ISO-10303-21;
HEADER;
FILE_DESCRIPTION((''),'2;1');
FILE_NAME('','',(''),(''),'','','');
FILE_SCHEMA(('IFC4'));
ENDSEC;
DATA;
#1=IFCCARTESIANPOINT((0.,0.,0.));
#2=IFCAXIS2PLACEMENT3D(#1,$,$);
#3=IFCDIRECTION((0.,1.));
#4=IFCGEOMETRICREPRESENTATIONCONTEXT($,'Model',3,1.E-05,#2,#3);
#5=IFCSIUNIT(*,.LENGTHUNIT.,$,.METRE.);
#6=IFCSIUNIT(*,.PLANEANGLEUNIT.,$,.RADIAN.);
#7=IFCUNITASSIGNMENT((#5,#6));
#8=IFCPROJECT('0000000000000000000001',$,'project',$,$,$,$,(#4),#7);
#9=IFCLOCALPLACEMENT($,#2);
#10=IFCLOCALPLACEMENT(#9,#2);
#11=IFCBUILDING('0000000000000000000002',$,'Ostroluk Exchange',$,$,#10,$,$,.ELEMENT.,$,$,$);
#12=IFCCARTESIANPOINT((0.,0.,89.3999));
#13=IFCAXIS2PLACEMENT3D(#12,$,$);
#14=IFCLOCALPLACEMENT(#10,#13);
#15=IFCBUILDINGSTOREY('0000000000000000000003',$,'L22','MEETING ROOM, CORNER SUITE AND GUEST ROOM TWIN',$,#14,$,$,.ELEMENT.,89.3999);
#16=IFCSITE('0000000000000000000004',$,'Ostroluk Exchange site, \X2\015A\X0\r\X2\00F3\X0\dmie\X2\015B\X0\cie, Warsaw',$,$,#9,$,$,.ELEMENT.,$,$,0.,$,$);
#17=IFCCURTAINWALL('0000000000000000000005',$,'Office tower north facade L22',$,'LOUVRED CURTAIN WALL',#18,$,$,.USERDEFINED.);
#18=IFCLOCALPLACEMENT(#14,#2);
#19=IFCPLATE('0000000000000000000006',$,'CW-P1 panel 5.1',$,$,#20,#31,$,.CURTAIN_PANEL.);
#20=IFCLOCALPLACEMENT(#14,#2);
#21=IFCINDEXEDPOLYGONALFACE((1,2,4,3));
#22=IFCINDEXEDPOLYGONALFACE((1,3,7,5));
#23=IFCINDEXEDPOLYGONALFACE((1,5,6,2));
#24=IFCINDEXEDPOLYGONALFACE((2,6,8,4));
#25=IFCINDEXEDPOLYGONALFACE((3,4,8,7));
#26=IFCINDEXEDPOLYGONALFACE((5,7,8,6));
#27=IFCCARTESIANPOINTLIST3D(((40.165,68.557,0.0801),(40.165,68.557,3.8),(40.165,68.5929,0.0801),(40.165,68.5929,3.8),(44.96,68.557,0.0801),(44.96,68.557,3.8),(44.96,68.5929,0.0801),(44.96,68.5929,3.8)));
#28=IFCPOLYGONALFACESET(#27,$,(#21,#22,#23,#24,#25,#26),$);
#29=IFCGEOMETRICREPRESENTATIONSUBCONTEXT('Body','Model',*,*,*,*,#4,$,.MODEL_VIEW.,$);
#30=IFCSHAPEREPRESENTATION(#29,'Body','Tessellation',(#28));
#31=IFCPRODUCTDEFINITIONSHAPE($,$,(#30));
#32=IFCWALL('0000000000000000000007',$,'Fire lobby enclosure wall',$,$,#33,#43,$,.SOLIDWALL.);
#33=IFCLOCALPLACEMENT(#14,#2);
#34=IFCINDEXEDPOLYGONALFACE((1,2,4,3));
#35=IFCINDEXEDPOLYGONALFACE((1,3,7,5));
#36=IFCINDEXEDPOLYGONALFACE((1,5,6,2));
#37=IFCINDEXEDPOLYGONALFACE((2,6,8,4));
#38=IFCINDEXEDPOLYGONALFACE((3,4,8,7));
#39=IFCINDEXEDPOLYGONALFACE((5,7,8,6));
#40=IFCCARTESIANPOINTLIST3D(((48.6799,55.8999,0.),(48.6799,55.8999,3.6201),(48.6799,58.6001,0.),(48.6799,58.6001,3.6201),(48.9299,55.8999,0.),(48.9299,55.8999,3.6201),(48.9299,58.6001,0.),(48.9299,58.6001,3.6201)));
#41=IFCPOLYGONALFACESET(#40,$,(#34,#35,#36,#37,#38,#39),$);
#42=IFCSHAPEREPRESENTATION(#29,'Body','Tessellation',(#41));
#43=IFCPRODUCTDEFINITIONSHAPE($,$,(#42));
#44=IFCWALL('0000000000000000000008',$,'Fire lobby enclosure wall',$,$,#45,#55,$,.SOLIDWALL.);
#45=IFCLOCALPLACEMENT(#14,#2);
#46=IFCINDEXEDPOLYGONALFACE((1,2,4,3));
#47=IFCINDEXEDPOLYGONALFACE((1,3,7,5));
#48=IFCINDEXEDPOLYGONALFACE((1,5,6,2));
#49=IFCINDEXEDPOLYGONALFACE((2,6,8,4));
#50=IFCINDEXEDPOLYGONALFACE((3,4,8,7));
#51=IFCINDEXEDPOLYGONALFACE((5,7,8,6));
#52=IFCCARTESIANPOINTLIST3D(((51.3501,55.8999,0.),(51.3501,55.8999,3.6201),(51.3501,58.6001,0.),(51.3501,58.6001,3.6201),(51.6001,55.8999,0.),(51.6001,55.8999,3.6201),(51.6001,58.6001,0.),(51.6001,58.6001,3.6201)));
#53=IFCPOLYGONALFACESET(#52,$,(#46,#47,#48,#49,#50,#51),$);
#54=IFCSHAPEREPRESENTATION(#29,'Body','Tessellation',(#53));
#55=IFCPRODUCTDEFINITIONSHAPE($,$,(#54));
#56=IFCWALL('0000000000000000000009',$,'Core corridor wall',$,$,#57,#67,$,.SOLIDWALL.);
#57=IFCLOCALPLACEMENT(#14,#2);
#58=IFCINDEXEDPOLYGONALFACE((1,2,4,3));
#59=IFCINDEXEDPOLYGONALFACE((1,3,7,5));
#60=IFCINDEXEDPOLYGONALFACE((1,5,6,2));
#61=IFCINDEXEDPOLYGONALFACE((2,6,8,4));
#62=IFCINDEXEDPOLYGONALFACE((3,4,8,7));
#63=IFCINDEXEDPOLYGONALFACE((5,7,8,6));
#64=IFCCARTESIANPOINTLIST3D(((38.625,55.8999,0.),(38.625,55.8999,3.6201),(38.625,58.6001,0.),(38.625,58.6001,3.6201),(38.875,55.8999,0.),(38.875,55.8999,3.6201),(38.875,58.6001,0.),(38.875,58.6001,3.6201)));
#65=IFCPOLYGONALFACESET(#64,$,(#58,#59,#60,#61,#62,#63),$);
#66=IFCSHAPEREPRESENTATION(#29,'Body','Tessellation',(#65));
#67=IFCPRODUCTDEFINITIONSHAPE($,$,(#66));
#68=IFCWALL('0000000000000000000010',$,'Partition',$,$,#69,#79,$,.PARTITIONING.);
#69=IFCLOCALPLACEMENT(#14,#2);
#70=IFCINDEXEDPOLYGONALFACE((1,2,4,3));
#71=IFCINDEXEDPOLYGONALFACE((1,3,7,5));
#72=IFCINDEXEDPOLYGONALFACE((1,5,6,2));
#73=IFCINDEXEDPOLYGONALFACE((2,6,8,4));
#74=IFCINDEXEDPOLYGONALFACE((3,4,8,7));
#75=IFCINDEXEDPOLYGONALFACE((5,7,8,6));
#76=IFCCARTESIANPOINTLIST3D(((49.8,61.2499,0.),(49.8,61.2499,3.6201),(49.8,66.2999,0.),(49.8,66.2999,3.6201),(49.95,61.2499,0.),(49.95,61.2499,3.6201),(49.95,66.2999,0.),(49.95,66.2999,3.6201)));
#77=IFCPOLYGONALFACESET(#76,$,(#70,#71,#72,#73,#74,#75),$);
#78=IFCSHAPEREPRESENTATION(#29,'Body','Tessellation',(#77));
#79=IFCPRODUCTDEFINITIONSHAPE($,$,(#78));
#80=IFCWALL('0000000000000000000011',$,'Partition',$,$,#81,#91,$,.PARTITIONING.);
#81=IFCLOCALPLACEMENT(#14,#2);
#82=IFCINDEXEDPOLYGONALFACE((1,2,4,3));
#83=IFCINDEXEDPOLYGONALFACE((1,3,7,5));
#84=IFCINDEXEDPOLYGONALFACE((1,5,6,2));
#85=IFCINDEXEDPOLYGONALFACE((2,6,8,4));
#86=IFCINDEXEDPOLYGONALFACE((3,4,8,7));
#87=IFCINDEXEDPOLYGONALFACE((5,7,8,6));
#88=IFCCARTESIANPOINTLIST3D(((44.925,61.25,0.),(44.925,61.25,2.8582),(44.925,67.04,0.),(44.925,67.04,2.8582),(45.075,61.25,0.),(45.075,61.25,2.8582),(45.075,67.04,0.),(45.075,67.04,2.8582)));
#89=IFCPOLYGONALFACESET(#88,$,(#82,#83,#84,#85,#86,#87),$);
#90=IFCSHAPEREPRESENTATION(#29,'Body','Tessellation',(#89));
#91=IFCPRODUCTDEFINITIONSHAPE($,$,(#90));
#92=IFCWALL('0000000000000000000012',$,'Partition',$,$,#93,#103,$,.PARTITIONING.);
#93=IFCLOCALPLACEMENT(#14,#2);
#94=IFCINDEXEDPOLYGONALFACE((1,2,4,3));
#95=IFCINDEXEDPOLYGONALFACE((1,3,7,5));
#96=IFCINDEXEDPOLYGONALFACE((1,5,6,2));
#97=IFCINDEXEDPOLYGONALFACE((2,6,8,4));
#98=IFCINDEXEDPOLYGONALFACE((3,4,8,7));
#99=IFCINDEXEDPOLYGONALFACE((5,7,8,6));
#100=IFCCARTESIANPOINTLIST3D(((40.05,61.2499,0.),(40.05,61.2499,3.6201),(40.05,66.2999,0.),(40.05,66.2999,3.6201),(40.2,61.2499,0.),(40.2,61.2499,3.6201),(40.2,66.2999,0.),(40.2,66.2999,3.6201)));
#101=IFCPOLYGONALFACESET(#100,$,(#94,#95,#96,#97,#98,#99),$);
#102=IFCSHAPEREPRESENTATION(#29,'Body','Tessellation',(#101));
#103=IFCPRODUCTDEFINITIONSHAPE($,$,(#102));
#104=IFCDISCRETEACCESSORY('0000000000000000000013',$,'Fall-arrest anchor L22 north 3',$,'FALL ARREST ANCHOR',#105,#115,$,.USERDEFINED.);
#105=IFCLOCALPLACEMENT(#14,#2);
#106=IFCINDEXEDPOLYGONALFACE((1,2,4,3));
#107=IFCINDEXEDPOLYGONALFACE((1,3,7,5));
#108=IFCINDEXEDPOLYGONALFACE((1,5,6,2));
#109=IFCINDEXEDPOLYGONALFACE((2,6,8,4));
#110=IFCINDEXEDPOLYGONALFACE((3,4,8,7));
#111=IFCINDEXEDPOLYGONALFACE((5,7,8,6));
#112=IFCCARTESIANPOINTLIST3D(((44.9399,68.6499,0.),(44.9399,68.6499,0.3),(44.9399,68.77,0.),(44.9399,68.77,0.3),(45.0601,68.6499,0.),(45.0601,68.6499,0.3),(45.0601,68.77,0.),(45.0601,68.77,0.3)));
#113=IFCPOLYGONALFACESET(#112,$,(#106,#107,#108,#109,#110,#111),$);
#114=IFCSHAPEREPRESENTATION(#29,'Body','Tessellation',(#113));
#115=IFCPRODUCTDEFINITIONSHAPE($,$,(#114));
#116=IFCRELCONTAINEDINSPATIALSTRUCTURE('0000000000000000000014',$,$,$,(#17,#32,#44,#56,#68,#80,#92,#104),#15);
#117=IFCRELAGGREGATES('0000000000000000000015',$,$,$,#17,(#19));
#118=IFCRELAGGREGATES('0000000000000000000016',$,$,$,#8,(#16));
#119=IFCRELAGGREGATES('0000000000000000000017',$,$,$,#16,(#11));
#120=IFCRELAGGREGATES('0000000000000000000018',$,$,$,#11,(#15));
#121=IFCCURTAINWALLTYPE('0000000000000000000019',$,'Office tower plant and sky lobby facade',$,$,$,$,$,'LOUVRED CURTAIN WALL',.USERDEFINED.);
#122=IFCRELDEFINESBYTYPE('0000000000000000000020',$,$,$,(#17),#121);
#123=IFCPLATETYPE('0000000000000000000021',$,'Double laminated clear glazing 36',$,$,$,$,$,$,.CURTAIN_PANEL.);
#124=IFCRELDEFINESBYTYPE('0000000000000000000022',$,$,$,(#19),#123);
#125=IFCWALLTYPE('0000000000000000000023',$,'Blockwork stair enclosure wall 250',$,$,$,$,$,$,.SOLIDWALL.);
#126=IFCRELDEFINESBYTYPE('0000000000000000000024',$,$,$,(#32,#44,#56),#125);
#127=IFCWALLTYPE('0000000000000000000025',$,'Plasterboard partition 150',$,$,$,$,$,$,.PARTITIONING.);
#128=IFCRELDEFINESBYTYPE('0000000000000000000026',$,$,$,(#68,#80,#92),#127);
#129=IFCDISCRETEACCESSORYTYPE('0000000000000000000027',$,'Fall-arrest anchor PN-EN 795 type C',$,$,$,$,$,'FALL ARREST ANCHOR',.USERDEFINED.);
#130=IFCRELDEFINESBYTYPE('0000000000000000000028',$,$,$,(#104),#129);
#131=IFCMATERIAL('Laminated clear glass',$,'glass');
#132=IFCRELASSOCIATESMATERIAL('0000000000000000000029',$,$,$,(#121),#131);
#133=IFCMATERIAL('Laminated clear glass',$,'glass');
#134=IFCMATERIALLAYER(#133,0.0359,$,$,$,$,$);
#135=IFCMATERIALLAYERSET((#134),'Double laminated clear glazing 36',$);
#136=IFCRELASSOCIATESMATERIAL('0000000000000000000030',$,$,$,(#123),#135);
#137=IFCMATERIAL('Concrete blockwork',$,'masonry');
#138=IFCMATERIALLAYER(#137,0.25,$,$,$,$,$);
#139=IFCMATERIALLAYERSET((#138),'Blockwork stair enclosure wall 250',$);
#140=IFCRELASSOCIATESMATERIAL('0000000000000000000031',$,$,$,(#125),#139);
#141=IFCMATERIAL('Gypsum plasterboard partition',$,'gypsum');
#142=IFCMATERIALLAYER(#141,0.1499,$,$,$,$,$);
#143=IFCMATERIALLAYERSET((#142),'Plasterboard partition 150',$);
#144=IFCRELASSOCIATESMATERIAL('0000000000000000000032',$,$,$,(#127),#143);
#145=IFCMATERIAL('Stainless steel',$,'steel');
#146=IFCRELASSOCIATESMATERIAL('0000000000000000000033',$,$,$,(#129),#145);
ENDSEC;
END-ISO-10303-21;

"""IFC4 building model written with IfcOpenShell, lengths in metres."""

from ifc_helpers import new_model, si_unit, direction, frame, frame_2d, origin, origin_2d, place, context, subcontext, project, spatial, rectangle, extrude, material, layer, layer_set, type_object, element, aggregate, save


model = new_model("IFC4")

# Units and contexts
model_context = context("Model", 3, precision=1e-05, world=origin(), true_north=direction((0.0, 1.0)))
body_context = subcontext(model_context, "Body", "Model", "MODEL_VIEW")
ifc_project = project(units=[si_unit("LENGTHUNIT", "METRE"), si_unit("PLANEANGLEUNIT", "RADIAN")], contexts=[model_context])

# Site, building, storey
site_placement = place(None, origin())
site = spatial("IfcSite", under=ifc_project, at=site_placement, Name="Ostroluk Exchange site, Śródmieście, Warsaw", CompositionType="ELEMENT", RefElevation=0.0)
building_placement = place(site_placement, origin())
building = spatial("IfcBuilding", under=site, at=building_placement, Name="Ostroluk Exchange", CompositionType="ELEMENT")
storey_placement = place(building_placement, frame((0.0, 0.0, 89.3999)))
storey = spatial("IfcBuildingStorey", under=building, at=storey_placement, Name="L22", Description="MEETING ROOM, CORNER SUITE AND GUEST ROOM TWIN", CompositionType="ELEMENT", Elevation=89.3999)

# Curtain wall, plate
ifc_material_1 = material(Name="Laminated clear glass", Category="glass")
curtain_wall_type = type_object("IfcCurtainWallType", Name="Office tower plant and sky lobby facade", ElementType="LOUVRED CURTAIN WALL", PredefinedType="USERDEFINED", material=ifc_material_1)
curtain_wall_placement = place(storey_placement, origin())
curtain_wall = element("IfcCurtainWall", 1, at=curtain_wall_placement, inside=storey, type_object=curtain_wall_type, Name="Office tower north facade L22", ObjectType="LOUVRED CURTAIN WALL", PredefinedType="USERDEFINED")
ifc_material_2 = material(Name="Laminated clear glass", Category="glass")
ifc_layer_1 = layer(ifc_material_2, 0.0359)
ifc_layer_set_1 = layer_set([ifc_layer_1], Name="Double laminated clear glazing 36")
plate_type = type_object("IfcPlateType", Name="Double laminated clear glazing 36", PredefinedType="CURTAIN_PANEL", material=ifc_layer_set_1)
plate_1_placement = place(storey_placement, frame((42.5625, 68.575, 0.0801), z_axis=(0.0, 0.0, 1.0), x_axis=(-1.0, 0.0, 0.0)))
plate_1 = element("IfcPlate", 2, at=plate_1_placement, type_object=plate_type, Name="CW-P1 panel 5.1", PredefinedType="CURTAIN_PANEL", context=body_context, shape_type="SweptSolid", body=[
    extrude(rectangle(XDim=4.7949, YDim=0.0359, at=origin_2d()), origin(), (0.0, 0.0, 1.0), 3.72),
])
aggregate(curtain_wall, [plate_1])

# Walls
ifc_material_3 = material(Name="Concrete blockwork", Category="masonry")
ifc_layer_2 = layer(ifc_material_3, 0.25)
ifc_layer_set_2 = layer_set([ifc_layer_2], Name="Blockwork stair enclosure wall 250")
wall_type_1 = type_object("IfcWallType", Name="Blockwork stair enclosure wall 250", PredefinedType="SOLIDWALL", material=ifc_layer_set_2)
for number, where, z_axis, x_axis, name in (
    (3, (48.8049, 55.8999, 0.0), (0.0, 0.0, 1.0), (0.0, 1.0, 0.0), "Fire lobby enclosure wall"),
    (4, (51.4751, 55.8999, 0.0), (0.0, 0.0, 1.0), (0.0, 1.0, 0.0), "Fire lobby enclosure wall"),
    (5, (38.75, 55.8999, 0.0), (0.0, 0.0, 1.0), (0.0, 1.0, 0.0), "Core corridor wall"),
):
    element("IfcWall", number, at=place(storey_placement, frame(where, z_axis=z_axis, x_axis=x_axis)), inside=storey, type_object=wall_type_1, Name=name, PredefinedType="SOLIDWALL", context=body_context, shape_type="SweptSolid", body=[
        extrude(rectangle(XDim=2.7002, YDim=0.25, at=frame_2d((1.3501, 0.0))), origin(), (0.0, 0.0, 1.0), 3.6201),
    ])
ifc_material_4 = material(Name="Gypsum plasterboard partition", Category="gypsum")
ifc_layer_3 = layer(ifc_material_4, 0.1499)
ifc_layer_set_3 = layer_set([ifc_layer_3], Name="Plasterboard partition 150")
wall_type_2 = type_object("IfcWallType", Name="Plasterboard partition 150", PredefinedType="PARTITIONING", material=ifc_layer_set_3)
wall_1_placement = place(storey_placement, frame((49.875, 61.25, 0.0), z_axis=(0.0, 0.0, 1.0), x_axis=(0.0, 1.0, 0.0)))
element("IfcWall", 6, at=wall_1_placement, inside=storey, type_object=wall_type_2, Name="Partition", PredefinedType="PARTITIONING", context=body_context, shape_type="SweptSolid", body=[
    extrude(rectangle(XDim=5.05, YDim=0.1499, at=frame_2d((2.5249, 0.0))), origin(), (0.0, 0.0, 1.0), 3.6201),
])
wall_2_placement = place(storey_placement, frame((45.0, 61.25, 0.0), z_axis=(0.0, 0.0, 1.0), x_axis=(0.0, 1.0, 0.0)))
element("IfcWall", 7, at=wall_2_placement, inside=storey, type_object=wall_type_2, Name="Partition", PredefinedType="PARTITIONING", context=body_context, shape_type="SweptSolid", body=[
    extrude(rectangle(XDim=5.79, YDim=0.1499, at=frame_2d((2.895, 0.0))), origin(), (0.0, 0.0, 1.0), 2.8582),
])
wall_3_placement = place(storey_placement, frame((40.125, 61.25, 0.0), z_axis=(0.0, 0.0, 1.0), x_axis=(0.0, 1.0, 0.0)))
element("IfcWall", 8, at=wall_3_placement, inside=storey, type_object=wall_type_2, Name="Partition", PredefinedType="PARTITIONING", context=body_context, shape_type="SweptSolid", body=[
    extrude(rectangle(XDim=5.05, YDim=0.1499, at=frame_2d((2.5249, 0.0))), origin(), (0.0, 0.0, 1.0), 3.6201),
])

# Discrete accessory
ifc_material_5 = material(Name="Stainless steel", Category="steel")
discrete_accessory_type = type_object("IfcDiscreteAccessoryType", Name="Fall-arrest anchor PN-EN 795 type C", ElementType="FALL ARREST ANCHOR", PredefinedType="USERDEFINED", material=ifc_material_5)
discrete_accessory_placement = place(storey_placement, frame((45.0, 68.71, 0.0), z_axis=(0.0, 0.0, 1.0), x_axis=(1.0, 0.0, 0.0)))
element("IfcDiscreteAccessory", 9, at=discrete_accessory_placement, inside=storey, type_object=discrete_accessory_type, Name="Fall-arrest anchor L22 north 3", ObjectType="FALL ARREST ANCHOR", PredefinedType="USERDEFINED", context=body_context, shape_type="SweptSolid", body=[
    extrude(rectangle(XDim=0.1201, YDim=0.1201, at=origin_2d()), origin(), (0.0, 0.0, 1.0), 0.3),
])

save(model, "model.ifc")
